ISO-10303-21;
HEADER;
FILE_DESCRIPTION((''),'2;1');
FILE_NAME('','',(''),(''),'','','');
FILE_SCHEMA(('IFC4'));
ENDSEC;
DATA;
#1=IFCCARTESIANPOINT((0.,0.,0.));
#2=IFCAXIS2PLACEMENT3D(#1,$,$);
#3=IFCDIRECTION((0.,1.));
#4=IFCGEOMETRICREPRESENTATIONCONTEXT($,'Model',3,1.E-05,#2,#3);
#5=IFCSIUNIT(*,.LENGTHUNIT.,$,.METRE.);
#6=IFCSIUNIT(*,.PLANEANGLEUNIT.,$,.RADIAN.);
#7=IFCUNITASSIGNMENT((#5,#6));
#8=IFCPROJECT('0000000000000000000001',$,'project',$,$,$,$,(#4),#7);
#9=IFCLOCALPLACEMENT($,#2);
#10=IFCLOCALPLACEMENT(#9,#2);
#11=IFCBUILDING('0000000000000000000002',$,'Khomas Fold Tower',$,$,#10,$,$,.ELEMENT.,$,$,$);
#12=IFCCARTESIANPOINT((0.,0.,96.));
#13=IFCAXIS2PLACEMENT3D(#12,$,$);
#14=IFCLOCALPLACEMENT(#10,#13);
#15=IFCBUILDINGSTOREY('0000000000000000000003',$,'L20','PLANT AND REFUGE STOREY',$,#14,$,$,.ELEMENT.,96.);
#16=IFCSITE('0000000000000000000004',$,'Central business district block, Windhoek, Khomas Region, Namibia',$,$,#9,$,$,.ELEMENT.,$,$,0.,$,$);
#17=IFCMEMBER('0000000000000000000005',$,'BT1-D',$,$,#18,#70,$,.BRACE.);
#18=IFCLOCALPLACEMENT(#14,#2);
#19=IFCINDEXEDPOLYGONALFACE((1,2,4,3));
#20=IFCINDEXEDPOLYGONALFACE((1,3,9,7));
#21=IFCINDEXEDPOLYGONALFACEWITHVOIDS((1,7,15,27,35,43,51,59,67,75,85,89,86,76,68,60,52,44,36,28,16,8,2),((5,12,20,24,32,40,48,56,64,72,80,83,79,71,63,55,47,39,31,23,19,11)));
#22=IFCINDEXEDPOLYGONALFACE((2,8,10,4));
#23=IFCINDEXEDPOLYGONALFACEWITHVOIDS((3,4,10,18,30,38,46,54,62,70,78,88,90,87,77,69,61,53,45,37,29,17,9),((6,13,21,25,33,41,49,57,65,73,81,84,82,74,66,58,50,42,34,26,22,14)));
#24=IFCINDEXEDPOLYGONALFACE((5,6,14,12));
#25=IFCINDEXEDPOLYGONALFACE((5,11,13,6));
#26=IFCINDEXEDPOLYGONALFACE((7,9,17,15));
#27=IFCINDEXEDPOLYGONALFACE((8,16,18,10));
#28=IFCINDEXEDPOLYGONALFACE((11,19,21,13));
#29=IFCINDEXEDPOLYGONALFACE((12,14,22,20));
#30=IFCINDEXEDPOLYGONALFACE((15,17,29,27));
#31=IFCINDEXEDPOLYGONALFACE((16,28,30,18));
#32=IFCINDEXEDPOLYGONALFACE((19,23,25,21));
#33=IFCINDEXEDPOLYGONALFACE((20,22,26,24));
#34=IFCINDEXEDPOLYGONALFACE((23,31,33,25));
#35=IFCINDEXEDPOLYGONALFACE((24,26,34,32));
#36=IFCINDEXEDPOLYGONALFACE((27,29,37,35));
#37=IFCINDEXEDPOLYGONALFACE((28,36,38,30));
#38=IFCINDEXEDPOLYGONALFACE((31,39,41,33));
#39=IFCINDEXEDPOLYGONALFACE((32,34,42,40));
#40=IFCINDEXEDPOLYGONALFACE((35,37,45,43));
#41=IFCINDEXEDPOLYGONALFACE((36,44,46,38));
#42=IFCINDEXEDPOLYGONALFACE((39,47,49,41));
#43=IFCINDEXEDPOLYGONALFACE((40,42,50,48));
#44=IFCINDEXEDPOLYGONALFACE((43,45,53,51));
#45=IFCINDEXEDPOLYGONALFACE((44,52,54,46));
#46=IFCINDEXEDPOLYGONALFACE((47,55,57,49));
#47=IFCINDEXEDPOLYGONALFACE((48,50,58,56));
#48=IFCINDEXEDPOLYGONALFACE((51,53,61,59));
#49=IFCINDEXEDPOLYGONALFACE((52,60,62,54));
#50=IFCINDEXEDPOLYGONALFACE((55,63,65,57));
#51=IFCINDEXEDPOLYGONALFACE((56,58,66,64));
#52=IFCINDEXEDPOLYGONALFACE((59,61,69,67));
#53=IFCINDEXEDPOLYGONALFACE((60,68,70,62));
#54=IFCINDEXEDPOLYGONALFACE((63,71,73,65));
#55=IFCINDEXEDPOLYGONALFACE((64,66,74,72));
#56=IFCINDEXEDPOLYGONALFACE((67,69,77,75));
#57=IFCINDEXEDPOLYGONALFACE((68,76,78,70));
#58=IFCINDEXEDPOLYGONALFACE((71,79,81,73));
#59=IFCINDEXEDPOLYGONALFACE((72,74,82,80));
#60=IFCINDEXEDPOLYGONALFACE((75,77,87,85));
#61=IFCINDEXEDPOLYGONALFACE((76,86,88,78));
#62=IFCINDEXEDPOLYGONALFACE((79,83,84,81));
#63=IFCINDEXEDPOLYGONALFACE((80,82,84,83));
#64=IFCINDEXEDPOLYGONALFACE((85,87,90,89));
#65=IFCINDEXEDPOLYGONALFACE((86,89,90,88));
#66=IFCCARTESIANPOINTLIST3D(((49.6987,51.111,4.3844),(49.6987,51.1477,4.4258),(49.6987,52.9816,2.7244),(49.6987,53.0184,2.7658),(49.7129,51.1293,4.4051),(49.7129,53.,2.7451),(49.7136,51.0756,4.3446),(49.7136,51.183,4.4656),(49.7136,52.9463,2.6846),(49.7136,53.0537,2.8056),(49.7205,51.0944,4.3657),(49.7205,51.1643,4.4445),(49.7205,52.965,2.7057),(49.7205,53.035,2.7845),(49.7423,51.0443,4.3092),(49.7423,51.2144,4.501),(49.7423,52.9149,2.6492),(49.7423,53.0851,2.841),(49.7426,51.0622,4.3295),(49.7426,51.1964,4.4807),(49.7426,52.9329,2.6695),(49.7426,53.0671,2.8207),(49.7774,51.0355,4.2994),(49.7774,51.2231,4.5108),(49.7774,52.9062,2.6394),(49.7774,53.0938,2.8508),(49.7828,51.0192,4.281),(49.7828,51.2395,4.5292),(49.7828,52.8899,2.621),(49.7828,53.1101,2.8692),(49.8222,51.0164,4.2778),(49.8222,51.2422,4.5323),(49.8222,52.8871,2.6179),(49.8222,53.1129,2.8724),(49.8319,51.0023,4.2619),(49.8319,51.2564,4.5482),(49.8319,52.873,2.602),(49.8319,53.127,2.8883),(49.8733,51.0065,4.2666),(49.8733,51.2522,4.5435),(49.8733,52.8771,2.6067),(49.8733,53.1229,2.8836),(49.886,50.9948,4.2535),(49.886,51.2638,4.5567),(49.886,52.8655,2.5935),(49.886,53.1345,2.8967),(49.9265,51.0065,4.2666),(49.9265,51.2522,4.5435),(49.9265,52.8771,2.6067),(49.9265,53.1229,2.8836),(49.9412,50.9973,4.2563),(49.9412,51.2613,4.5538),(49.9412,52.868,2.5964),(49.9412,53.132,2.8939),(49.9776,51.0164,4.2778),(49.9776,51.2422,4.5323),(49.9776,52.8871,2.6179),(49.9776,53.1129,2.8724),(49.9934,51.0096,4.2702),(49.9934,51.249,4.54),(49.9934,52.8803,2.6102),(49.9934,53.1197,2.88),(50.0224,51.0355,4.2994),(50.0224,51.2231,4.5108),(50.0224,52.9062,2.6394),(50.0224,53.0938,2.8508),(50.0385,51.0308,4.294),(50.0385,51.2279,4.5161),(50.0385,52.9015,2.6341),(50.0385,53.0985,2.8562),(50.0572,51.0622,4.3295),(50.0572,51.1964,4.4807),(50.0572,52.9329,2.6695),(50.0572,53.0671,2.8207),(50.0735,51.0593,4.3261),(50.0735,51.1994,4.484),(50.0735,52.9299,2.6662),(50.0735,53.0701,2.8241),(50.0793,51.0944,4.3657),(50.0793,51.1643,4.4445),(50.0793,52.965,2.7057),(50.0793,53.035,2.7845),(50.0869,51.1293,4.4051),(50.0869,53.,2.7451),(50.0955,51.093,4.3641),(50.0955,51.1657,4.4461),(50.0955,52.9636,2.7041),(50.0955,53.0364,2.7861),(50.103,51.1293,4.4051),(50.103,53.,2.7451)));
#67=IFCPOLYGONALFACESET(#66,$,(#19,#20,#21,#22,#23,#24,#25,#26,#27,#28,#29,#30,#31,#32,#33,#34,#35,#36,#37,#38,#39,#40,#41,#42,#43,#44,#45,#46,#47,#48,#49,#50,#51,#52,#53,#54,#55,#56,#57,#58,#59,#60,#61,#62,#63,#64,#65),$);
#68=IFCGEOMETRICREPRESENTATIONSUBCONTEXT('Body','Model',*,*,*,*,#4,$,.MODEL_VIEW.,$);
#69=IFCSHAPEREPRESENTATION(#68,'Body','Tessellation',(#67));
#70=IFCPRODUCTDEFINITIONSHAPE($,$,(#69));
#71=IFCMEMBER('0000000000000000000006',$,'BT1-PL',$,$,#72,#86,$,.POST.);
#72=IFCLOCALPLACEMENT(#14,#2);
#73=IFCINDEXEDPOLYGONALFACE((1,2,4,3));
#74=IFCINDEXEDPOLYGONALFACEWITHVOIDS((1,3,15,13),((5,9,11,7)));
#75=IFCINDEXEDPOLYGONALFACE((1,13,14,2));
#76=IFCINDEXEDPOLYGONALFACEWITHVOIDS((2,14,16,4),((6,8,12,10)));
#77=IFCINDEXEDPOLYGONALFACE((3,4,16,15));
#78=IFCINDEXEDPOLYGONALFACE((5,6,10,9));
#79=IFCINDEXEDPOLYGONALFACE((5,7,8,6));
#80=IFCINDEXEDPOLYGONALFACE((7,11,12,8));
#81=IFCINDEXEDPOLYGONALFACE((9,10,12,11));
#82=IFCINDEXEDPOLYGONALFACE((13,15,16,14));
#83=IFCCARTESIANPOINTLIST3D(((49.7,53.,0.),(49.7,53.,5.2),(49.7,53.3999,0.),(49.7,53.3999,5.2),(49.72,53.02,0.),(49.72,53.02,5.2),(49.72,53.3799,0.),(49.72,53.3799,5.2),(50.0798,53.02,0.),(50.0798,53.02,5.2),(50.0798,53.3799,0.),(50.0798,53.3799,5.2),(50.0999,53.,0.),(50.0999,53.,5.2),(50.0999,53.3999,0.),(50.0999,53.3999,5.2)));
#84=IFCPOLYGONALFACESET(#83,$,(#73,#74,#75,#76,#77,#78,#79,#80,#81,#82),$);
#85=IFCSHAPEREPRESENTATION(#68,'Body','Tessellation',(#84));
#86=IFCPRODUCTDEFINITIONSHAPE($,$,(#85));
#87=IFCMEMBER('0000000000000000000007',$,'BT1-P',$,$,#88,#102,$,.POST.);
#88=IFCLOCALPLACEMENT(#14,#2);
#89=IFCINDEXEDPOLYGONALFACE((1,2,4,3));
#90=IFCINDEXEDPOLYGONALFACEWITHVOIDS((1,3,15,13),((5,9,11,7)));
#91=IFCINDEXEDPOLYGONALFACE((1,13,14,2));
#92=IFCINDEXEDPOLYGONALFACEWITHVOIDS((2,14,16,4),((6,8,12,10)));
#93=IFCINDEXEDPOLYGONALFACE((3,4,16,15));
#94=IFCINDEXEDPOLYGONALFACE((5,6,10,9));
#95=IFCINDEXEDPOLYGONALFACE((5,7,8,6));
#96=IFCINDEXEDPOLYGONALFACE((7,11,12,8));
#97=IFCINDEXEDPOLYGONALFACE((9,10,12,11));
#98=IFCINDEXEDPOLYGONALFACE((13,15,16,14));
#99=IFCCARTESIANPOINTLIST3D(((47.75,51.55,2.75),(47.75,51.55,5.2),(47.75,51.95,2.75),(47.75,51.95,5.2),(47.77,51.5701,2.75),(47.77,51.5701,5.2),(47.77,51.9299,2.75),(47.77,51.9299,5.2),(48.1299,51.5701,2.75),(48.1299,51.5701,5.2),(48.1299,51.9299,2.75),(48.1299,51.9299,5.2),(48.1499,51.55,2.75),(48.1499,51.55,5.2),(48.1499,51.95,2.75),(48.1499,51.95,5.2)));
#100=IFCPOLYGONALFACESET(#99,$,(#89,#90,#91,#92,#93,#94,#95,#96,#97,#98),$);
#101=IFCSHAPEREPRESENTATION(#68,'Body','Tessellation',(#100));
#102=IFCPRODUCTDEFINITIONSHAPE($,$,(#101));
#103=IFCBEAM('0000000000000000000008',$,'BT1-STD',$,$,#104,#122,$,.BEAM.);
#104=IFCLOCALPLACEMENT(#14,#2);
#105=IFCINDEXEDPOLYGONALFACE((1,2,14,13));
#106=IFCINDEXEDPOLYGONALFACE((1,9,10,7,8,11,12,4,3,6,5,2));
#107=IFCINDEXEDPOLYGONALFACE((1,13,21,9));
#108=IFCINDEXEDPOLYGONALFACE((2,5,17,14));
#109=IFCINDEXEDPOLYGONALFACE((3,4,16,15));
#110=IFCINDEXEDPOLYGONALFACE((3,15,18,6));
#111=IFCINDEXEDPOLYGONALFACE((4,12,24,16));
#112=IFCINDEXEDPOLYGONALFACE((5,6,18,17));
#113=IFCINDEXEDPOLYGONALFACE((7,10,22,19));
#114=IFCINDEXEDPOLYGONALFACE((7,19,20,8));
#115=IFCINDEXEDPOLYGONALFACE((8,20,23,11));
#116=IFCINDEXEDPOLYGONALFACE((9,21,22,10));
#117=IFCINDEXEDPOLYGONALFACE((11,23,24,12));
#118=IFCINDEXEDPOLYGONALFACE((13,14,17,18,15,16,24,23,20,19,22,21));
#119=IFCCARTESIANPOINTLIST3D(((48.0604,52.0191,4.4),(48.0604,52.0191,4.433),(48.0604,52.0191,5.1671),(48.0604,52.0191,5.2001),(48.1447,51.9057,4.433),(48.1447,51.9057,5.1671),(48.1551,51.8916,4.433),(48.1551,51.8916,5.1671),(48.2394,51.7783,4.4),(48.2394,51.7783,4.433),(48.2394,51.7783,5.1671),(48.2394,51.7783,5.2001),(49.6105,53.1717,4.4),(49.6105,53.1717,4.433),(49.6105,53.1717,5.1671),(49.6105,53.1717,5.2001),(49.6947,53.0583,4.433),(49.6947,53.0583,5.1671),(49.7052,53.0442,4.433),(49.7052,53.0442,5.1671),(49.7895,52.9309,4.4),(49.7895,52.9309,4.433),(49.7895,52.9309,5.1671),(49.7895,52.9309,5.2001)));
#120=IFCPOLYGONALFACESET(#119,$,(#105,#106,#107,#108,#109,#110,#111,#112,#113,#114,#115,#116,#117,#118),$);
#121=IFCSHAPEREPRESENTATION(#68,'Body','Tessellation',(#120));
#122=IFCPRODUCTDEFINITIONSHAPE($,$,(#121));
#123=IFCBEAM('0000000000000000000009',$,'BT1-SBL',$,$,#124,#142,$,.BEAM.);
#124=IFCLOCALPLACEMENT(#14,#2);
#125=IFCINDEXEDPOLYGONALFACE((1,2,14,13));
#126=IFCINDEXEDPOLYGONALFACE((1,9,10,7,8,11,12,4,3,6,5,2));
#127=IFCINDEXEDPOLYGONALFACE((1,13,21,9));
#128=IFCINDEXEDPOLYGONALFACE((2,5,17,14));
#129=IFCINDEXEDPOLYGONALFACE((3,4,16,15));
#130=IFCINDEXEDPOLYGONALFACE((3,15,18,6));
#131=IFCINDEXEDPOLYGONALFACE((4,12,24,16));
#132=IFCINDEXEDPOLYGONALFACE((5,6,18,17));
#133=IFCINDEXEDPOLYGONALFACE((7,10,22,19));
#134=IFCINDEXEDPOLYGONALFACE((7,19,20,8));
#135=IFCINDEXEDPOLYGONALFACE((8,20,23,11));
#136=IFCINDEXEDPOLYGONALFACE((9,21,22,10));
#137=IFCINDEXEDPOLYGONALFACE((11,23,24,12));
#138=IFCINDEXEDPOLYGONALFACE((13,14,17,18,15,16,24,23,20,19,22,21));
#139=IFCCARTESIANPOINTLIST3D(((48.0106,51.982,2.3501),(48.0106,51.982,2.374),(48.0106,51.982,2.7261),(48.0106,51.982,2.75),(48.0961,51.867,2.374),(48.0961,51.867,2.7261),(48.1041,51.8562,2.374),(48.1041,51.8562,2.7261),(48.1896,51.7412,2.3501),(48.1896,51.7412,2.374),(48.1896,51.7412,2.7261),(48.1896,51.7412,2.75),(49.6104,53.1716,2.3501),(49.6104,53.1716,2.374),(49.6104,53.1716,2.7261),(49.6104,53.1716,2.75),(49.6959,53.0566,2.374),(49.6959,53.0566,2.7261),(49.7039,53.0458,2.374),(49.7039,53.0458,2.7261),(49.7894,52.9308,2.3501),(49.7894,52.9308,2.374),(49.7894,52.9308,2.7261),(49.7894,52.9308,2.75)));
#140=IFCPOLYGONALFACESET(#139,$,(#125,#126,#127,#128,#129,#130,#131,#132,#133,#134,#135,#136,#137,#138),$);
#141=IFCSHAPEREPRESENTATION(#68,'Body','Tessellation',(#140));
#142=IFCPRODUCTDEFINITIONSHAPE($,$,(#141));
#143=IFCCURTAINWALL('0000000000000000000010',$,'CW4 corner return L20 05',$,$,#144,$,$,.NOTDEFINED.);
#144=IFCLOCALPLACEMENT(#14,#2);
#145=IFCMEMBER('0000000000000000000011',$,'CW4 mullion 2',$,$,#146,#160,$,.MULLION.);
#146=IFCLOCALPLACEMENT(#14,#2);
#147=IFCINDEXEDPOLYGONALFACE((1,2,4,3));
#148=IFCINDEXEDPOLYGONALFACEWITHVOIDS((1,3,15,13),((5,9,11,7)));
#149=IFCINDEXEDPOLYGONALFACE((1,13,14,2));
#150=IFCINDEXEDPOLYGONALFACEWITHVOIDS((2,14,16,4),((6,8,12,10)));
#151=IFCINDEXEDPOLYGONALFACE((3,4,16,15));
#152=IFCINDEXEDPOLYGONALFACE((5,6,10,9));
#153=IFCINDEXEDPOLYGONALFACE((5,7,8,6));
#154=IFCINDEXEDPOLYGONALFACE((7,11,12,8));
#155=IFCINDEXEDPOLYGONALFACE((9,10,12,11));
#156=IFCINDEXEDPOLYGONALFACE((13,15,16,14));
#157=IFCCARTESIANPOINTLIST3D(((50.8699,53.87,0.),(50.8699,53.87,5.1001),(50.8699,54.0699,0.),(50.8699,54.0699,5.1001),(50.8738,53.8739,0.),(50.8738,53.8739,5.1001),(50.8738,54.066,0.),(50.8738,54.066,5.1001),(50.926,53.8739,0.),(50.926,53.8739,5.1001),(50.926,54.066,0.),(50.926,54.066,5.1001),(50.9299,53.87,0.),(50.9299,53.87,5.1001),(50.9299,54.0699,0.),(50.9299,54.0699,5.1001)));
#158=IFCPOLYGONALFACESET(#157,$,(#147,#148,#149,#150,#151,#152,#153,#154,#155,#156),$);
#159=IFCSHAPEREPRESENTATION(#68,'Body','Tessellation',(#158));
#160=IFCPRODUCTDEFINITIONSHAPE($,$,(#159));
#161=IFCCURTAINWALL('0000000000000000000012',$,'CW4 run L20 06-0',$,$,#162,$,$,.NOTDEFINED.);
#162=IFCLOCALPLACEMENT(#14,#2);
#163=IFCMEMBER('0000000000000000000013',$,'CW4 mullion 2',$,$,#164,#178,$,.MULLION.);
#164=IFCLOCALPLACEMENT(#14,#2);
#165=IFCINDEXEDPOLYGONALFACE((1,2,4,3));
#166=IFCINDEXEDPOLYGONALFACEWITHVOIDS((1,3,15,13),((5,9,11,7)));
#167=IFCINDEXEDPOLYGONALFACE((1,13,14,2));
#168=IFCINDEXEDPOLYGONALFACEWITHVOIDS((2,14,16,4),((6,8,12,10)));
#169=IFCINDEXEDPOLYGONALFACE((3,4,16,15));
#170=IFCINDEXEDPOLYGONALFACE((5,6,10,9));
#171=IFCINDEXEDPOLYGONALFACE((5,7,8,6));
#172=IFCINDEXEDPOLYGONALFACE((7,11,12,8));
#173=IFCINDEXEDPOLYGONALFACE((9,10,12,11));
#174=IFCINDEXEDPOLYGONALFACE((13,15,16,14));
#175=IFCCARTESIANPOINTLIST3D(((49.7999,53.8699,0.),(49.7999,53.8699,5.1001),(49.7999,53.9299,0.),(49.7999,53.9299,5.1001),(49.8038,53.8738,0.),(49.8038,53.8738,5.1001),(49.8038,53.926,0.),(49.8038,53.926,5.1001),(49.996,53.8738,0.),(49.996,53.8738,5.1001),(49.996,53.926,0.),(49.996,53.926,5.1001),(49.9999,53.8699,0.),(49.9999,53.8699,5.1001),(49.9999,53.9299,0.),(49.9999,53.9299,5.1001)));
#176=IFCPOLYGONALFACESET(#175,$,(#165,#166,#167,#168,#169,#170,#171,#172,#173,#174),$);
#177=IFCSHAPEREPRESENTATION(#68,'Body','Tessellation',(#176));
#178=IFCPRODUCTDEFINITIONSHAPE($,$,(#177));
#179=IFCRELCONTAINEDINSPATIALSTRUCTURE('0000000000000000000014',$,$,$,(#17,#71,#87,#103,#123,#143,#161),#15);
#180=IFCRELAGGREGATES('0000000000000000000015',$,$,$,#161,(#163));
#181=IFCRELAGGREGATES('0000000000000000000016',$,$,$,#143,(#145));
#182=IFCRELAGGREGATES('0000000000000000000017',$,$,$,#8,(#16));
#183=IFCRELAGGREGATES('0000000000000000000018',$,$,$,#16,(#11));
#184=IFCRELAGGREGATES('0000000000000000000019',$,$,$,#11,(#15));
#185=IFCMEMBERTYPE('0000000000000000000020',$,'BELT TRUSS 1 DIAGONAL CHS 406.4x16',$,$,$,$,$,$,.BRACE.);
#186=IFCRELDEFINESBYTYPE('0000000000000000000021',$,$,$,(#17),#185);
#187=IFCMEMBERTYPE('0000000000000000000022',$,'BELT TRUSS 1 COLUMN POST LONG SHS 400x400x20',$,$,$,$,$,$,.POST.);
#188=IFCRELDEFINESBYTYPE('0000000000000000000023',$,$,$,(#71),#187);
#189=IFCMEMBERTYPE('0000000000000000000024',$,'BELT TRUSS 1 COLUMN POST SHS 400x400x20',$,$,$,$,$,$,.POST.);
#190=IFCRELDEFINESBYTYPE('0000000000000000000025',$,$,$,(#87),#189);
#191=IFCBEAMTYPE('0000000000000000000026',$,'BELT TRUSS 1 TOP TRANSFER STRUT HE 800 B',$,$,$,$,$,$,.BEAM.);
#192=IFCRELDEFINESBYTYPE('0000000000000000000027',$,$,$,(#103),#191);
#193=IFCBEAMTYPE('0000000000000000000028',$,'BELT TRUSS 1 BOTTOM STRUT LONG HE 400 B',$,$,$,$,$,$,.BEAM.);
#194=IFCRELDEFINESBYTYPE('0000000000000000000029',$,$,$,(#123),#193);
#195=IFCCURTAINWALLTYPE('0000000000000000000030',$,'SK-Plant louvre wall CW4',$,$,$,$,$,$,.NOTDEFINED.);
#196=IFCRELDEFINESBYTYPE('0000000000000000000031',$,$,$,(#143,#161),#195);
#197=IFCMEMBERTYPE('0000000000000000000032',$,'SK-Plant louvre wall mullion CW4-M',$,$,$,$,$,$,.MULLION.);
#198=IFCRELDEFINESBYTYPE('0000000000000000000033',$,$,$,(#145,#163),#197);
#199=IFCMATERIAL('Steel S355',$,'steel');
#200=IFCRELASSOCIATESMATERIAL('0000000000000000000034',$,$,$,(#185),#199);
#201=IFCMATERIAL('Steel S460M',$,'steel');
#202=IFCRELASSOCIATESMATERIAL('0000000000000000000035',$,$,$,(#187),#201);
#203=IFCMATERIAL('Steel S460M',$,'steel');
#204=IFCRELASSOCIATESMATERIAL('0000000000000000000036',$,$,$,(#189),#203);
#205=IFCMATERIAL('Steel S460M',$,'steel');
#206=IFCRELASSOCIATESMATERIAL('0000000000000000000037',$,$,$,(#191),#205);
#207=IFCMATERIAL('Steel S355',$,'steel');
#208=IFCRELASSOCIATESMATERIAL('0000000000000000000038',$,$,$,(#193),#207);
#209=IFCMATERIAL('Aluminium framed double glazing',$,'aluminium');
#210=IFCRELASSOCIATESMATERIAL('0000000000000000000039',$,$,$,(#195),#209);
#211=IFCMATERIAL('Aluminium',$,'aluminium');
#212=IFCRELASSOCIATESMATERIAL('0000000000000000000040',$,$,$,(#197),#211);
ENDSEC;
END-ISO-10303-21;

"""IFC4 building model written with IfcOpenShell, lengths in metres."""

from ifc_helpers import new_model, si_unit, direction, frame, origin, origin_2d, place, context, subcontext, project, spatial, hollow_rectangle, hollow_circle, i_section, extrude, source, transform, mapped, material, material_profile, profile_set, type_object, element, aggregate, save


model = new_model("IFC4")

# Units and contexts
model_context = context("Model", 3, precision=1e-05, world=origin(), true_north=direction((0.0, 1.0)))
body_context = subcontext(model_context, "Body", "Model", "MODEL_VIEW")
ifc_project = project(units=[si_unit("LENGTHUNIT", "METRE"), si_unit("PLANEANGLEUNIT", "RADIAN")], contexts=[model_context])

# Site, building, storey
site_placement = place(None, origin())
site = spatial("IfcSite", under=ifc_project, at=site_placement, Name="Central business district block, Windhoek, Khomas Region, Namibia", CompositionType="ELEMENT", RefElevation=0.0)
building_placement = place(site_placement, origin())
building = spatial("IfcBuilding", under=site, at=building_placement, Name="Khomas Fold Tower", CompositionType="ELEMENT")
storey_placement = place(building_placement, frame((0.0, 0.0, 96.0)))
storey = spatial("IfcBuildingStorey", under=building, at=storey_placement, Name="L20", Description="PLANT AND REFUGE STOREY", CompositionType="ELEMENT", Elevation=96.0)

# Members
ifc_material_1 = material(Name="Steel S355", Category="steel")
ifc_material_profile_1 = material_profile(ifc_material_1, hollow_circle(Radius=0.2031, WallThickness=0.0161, at=origin_2d()), Name="CHS 406.4x16")
ifc_profile_set_1 = profile_set([ifc_material_profile_1], Name="Steel S355")
member_type_1 = type_object("IfcMemberType", Name="BELT TRUSS 1 DIAGONAL CHS 406.4x16", PredefinedType="BRACE", material=ifc_profile_set_1)
shared_shape_1 = source(origin(), body_context, "Body", "SweptSolid", [
    extrude(hollow_circle(Radius=0.2031, WallThickness=0.0161, at=origin_2d()), origin(), (0.0, 0.0, 1.0), 2.501),
])
member_1_placement = place(storey_placement, frame((49.8999, 53.0, 2.7451), z_axis=(0.0, -0.747975, 0.663727), x_axis=(1.0, 0.0, 0.0)))
element("IfcMember", 1, at=member_1_placement, inside=storey, type_object=member_type_1, Name="BT1-D", PredefinedType="BRACE", context=body_context, shape_type="MappedRepresentation", body=[
    mapped(shared_shape_1, transform((0.0, 0.0, 0.0))),
])
ifc_material_2 = material(Name="Steel S460M", Category="steel")
ifc_material_profile_2 = material_profile(ifc_material_2, hollow_rectangle(XDim=0.3999, YDim=0.3999, WallThickness=0.02, at=origin_2d()), Name="SHS 400x400x20")
ifc_profile_set_2 = profile_set([ifc_material_profile_2], Name="Steel S460M")
member_type_2 = type_object("IfcMemberType", Name="BELT TRUSS 1 COLUMN POST LONG SHS 400x400x20", PredefinedType="POST", material=ifc_profile_set_2)
shared_shape_2 = source(origin(), body_context, "Body", "SweptSolid", [
    extrude(hollow_rectangle(XDim=0.3999, YDim=0.3999, WallThickness=0.02, at=origin_2d()), origin(), (0.0, 0.0, 1.0), 5.2),
])
member_2_placement = place(storey_placement, frame((49.8999, 53.2, 0.0), z_axis=(0.0, 0.0, 1.0), x_axis=(1.0, 0.0, 0.0)))
element("IfcMember", 2, at=member_2_placement, inside=storey, type_object=member_type_2, Name="BT1-PL", PredefinedType="POST", context=body_context, shape_type="MappedRepresentation", body=[
    mapped(shared_shape_2, transform((0.0, 0.0, 0.0))),
])
ifc_material_3 = material(Name="Steel S460M", Category="steel")
ifc_material_profile_3 = material_profile(ifc_material_3, hollow_rectangle(XDim=0.3999, YDim=0.3999, WallThickness=0.02, at=origin_2d()), Name="SHS 400x400x20")
ifc_profile_set_3 = profile_set([ifc_material_profile_3], Name="Steel S460M")
member_type_3 = type_object("IfcMemberType", Name="BELT TRUSS 1 COLUMN POST SHS 400x400x20", PredefinedType="POST", material=ifc_profile_set_3)
shared_shape_3 = source(origin(), body_context, "Body", "SweptSolid", [
    extrude(hollow_rectangle(XDim=0.3999, YDim=0.3999, WallThickness=0.02, at=origin_2d()), origin(), (0.0, 0.0, 1.0), 2.45),
])
member_3_placement = place(storey_placement, frame((47.95, 51.75, 2.75), z_axis=(0.0, 0.0, 1.0), x_axis=(1.0, 0.0, 0.0)))
element("IfcMember", 3, at=member_3_placement, inside=storey, type_object=member_type_3, Name="BT1-P", PredefinedType="POST", context=body_context, shape_type="MappedRepresentation", body=[
    mapped(shared_shape_3, transform((0.0, 0.0, 0.0))),
])

# Beams
ifc_material_4 = material(Name="Steel S460M", Category="steel")
ifc_material_profile_4 = material_profile(ifc_material_4, i_section(OverallWidth=0.3, OverallDepth=0.8, WebThickness=0.0176, FlangeThickness=0.033, at=origin_2d()), Name="HE 800 B")
ifc_profile_set_4 = profile_set([ifc_material_profile_4], Name="Steel S460M")
beam_type_1 = type_object("IfcBeamType", Name="BELT TRUSS 1 TOP TRANSFER STRUT HE 800 B", PredefinedType="BEAM", material=ifc_profile_set_4)
shared_shape_4 = source(origin(), body_context, "Body", "SweptSolid", [
    extrude(i_section(OverallWidth=0.3, OverallDepth=0.8, WebThickness=0.0176, FlangeThickness=0.033, at=origin_2d()), origin(), (0.0, 0.0, 1.0), 1.9316),
])
beam_1_placement = place(storey_placement, frame((48.1499, 51.8987, 4.8), z_axis=(0.802465, 0.596699, 0.0), x_axis=(-0.596699, 0.802465, 0.0)))
element("IfcBeam", 4, at=beam_1_placement, inside=storey, type_object=beam_type_1, Name="BT1-STD", PredefinedType="BEAM", context=body_context, shape_type="MappedRepresentation", body=[
    mapped(shared_shape_4, transform((0.0, 0.0, 0.0))),
])
ifc_material_5 = material(Name="Steel S355", Category="steel")
ifc_material_profile_5 = material_profile(ifc_material_5, i_section(OverallWidth=0.3, OverallDepth=0.3999, WebThickness=0.0134, FlangeThickness=0.0239, at=origin_2d()), Name="HE 400 B")
ifc_profile_set_5 = profile_set([ifc_material_profile_5], Name="Steel S355")
beam_type_2 = type_object("IfcBeamType", Name="BELT TRUSS 1 BOTTOM STRUT LONG HE 400 B", PredefinedType="BEAM", material=ifc_profile_set_5)
shared_shape_5 = source(origin(), body_context, "Body", "SweptSolid", [
    extrude(i_section(OverallWidth=0.3, OverallDepth=0.3999, WebThickness=0.0134, FlangeThickness=0.0239, at=origin_2d()), origin(), (0.0, 0.0, 1.0), 1.9937),
])
beam_2_placement = place(storey_placement, frame((48.1001, 51.8616, 2.55), z_axis=(0.802447, 0.596723, 0.0), x_axis=(-0.596723, 0.802447, 0.0)))
element("IfcBeam", 5, at=beam_2_placement, inside=storey, type_object=beam_type_2, Name="BT1-SBL", PredefinedType="BEAM", context=body_context, shape_type="MappedRepresentation", body=[
    mapped(shared_shape_5, transform((0.0, 0.0, 0.0))),
])

# Curtain wall, member
ifc_material_6 = material(Name="Aluminium framed double glazing", Category="aluminium")
curtain_wall_type = type_object("IfcCurtainWallType", Name="SK-Plant louvre wall CW4", PredefinedType="NOTDEFINED", material=ifc_material_6)
curtain_wall_1_placement = place(storey_placement, origin())
curtain_wall_1 = element("IfcCurtainWall", 6, at=curtain_wall_1_placement, inside=storey, type_object=curtain_wall_type, Name="CW4 corner return L20 05", PredefinedType="NOTDEFINED")
ifc_material_7 = material(Name="Aluminium", Category="aluminium")
ifc_material_profile_6 = material_profile(ifc_material_7, hollow_rectangle(XDim=0.0601, YDim=0.2, WallThickness=0.0039, at=origin_2d()), Name="SK-Plant louvre wall mullion CW4-M")
ifc_profile_set_6 = profile_set([ifc_material_profile_6], Name="Aluminium")
member_type_4 = type_object("IfcMemberType", Name="SK-Plant louvre wall mullion CW4-M", PredefinedType="MULLION", material=ifc_profile_set_6)
shared_shape_6 = source(origin(), body_context, "Body", "SweptSolid", [
    extrude(hollow_rectangle(XDim=0.0601, YDim=0.2, WallThickness=0.0039, at=origin_2d()), origin(), (0.0, 0.0, 1.0), 5.1001),
])
member_4_placement = place(storey_placement, frame((50.8999, 53.97, 0.0), z_axis=(0.0, 0.0, 1.0), x_axis=(-1.0, 0.0, 0.0)))
member_4 = element("IfcMember", 7, at=member_4_placement, type_object=member_type_4, Name="CW4 mullion 2", PredefinedType="MULLION", context=body_context, shape_type="MappedRepresentation", body=[
    mapped(shared_shape_6, transform((0.0, 0.0, 0.0))),
])

# Curtain wall, member
curtain_wall_2_placement = place(storey_placement, origin())
curtain_wall_2 = element("IfcCurtainWall", 8, at=curtain_wall_2_placement, inside=storey, type_object=curtain_wall_type, Name="CW4 run L20 06-0", PredefinedType="NOTDEFINED")
member_5_placement = place(storey_placement, frame((49.8999, 53.8999, 0.0), z_axis=(0.0, 0.0, 1.0), x_axis=(0.0, -1.0, 0.0)))
member_5 = element("IfcMember", 9, at=member_5_placement, type_object=member_type_4, Name="CW4 mullion 2", PredefinedType="MULLION", context=body_context, shape_type="MappedRepresentation", body=[
    mapped(shared_shape_6, transform((0.0, 0.0, 0.0))),
])

aggregate(curtain_wall_2, [member_5])
aggregate(curtain_wall_1, [member_4])

save(model, "model.ifc")
